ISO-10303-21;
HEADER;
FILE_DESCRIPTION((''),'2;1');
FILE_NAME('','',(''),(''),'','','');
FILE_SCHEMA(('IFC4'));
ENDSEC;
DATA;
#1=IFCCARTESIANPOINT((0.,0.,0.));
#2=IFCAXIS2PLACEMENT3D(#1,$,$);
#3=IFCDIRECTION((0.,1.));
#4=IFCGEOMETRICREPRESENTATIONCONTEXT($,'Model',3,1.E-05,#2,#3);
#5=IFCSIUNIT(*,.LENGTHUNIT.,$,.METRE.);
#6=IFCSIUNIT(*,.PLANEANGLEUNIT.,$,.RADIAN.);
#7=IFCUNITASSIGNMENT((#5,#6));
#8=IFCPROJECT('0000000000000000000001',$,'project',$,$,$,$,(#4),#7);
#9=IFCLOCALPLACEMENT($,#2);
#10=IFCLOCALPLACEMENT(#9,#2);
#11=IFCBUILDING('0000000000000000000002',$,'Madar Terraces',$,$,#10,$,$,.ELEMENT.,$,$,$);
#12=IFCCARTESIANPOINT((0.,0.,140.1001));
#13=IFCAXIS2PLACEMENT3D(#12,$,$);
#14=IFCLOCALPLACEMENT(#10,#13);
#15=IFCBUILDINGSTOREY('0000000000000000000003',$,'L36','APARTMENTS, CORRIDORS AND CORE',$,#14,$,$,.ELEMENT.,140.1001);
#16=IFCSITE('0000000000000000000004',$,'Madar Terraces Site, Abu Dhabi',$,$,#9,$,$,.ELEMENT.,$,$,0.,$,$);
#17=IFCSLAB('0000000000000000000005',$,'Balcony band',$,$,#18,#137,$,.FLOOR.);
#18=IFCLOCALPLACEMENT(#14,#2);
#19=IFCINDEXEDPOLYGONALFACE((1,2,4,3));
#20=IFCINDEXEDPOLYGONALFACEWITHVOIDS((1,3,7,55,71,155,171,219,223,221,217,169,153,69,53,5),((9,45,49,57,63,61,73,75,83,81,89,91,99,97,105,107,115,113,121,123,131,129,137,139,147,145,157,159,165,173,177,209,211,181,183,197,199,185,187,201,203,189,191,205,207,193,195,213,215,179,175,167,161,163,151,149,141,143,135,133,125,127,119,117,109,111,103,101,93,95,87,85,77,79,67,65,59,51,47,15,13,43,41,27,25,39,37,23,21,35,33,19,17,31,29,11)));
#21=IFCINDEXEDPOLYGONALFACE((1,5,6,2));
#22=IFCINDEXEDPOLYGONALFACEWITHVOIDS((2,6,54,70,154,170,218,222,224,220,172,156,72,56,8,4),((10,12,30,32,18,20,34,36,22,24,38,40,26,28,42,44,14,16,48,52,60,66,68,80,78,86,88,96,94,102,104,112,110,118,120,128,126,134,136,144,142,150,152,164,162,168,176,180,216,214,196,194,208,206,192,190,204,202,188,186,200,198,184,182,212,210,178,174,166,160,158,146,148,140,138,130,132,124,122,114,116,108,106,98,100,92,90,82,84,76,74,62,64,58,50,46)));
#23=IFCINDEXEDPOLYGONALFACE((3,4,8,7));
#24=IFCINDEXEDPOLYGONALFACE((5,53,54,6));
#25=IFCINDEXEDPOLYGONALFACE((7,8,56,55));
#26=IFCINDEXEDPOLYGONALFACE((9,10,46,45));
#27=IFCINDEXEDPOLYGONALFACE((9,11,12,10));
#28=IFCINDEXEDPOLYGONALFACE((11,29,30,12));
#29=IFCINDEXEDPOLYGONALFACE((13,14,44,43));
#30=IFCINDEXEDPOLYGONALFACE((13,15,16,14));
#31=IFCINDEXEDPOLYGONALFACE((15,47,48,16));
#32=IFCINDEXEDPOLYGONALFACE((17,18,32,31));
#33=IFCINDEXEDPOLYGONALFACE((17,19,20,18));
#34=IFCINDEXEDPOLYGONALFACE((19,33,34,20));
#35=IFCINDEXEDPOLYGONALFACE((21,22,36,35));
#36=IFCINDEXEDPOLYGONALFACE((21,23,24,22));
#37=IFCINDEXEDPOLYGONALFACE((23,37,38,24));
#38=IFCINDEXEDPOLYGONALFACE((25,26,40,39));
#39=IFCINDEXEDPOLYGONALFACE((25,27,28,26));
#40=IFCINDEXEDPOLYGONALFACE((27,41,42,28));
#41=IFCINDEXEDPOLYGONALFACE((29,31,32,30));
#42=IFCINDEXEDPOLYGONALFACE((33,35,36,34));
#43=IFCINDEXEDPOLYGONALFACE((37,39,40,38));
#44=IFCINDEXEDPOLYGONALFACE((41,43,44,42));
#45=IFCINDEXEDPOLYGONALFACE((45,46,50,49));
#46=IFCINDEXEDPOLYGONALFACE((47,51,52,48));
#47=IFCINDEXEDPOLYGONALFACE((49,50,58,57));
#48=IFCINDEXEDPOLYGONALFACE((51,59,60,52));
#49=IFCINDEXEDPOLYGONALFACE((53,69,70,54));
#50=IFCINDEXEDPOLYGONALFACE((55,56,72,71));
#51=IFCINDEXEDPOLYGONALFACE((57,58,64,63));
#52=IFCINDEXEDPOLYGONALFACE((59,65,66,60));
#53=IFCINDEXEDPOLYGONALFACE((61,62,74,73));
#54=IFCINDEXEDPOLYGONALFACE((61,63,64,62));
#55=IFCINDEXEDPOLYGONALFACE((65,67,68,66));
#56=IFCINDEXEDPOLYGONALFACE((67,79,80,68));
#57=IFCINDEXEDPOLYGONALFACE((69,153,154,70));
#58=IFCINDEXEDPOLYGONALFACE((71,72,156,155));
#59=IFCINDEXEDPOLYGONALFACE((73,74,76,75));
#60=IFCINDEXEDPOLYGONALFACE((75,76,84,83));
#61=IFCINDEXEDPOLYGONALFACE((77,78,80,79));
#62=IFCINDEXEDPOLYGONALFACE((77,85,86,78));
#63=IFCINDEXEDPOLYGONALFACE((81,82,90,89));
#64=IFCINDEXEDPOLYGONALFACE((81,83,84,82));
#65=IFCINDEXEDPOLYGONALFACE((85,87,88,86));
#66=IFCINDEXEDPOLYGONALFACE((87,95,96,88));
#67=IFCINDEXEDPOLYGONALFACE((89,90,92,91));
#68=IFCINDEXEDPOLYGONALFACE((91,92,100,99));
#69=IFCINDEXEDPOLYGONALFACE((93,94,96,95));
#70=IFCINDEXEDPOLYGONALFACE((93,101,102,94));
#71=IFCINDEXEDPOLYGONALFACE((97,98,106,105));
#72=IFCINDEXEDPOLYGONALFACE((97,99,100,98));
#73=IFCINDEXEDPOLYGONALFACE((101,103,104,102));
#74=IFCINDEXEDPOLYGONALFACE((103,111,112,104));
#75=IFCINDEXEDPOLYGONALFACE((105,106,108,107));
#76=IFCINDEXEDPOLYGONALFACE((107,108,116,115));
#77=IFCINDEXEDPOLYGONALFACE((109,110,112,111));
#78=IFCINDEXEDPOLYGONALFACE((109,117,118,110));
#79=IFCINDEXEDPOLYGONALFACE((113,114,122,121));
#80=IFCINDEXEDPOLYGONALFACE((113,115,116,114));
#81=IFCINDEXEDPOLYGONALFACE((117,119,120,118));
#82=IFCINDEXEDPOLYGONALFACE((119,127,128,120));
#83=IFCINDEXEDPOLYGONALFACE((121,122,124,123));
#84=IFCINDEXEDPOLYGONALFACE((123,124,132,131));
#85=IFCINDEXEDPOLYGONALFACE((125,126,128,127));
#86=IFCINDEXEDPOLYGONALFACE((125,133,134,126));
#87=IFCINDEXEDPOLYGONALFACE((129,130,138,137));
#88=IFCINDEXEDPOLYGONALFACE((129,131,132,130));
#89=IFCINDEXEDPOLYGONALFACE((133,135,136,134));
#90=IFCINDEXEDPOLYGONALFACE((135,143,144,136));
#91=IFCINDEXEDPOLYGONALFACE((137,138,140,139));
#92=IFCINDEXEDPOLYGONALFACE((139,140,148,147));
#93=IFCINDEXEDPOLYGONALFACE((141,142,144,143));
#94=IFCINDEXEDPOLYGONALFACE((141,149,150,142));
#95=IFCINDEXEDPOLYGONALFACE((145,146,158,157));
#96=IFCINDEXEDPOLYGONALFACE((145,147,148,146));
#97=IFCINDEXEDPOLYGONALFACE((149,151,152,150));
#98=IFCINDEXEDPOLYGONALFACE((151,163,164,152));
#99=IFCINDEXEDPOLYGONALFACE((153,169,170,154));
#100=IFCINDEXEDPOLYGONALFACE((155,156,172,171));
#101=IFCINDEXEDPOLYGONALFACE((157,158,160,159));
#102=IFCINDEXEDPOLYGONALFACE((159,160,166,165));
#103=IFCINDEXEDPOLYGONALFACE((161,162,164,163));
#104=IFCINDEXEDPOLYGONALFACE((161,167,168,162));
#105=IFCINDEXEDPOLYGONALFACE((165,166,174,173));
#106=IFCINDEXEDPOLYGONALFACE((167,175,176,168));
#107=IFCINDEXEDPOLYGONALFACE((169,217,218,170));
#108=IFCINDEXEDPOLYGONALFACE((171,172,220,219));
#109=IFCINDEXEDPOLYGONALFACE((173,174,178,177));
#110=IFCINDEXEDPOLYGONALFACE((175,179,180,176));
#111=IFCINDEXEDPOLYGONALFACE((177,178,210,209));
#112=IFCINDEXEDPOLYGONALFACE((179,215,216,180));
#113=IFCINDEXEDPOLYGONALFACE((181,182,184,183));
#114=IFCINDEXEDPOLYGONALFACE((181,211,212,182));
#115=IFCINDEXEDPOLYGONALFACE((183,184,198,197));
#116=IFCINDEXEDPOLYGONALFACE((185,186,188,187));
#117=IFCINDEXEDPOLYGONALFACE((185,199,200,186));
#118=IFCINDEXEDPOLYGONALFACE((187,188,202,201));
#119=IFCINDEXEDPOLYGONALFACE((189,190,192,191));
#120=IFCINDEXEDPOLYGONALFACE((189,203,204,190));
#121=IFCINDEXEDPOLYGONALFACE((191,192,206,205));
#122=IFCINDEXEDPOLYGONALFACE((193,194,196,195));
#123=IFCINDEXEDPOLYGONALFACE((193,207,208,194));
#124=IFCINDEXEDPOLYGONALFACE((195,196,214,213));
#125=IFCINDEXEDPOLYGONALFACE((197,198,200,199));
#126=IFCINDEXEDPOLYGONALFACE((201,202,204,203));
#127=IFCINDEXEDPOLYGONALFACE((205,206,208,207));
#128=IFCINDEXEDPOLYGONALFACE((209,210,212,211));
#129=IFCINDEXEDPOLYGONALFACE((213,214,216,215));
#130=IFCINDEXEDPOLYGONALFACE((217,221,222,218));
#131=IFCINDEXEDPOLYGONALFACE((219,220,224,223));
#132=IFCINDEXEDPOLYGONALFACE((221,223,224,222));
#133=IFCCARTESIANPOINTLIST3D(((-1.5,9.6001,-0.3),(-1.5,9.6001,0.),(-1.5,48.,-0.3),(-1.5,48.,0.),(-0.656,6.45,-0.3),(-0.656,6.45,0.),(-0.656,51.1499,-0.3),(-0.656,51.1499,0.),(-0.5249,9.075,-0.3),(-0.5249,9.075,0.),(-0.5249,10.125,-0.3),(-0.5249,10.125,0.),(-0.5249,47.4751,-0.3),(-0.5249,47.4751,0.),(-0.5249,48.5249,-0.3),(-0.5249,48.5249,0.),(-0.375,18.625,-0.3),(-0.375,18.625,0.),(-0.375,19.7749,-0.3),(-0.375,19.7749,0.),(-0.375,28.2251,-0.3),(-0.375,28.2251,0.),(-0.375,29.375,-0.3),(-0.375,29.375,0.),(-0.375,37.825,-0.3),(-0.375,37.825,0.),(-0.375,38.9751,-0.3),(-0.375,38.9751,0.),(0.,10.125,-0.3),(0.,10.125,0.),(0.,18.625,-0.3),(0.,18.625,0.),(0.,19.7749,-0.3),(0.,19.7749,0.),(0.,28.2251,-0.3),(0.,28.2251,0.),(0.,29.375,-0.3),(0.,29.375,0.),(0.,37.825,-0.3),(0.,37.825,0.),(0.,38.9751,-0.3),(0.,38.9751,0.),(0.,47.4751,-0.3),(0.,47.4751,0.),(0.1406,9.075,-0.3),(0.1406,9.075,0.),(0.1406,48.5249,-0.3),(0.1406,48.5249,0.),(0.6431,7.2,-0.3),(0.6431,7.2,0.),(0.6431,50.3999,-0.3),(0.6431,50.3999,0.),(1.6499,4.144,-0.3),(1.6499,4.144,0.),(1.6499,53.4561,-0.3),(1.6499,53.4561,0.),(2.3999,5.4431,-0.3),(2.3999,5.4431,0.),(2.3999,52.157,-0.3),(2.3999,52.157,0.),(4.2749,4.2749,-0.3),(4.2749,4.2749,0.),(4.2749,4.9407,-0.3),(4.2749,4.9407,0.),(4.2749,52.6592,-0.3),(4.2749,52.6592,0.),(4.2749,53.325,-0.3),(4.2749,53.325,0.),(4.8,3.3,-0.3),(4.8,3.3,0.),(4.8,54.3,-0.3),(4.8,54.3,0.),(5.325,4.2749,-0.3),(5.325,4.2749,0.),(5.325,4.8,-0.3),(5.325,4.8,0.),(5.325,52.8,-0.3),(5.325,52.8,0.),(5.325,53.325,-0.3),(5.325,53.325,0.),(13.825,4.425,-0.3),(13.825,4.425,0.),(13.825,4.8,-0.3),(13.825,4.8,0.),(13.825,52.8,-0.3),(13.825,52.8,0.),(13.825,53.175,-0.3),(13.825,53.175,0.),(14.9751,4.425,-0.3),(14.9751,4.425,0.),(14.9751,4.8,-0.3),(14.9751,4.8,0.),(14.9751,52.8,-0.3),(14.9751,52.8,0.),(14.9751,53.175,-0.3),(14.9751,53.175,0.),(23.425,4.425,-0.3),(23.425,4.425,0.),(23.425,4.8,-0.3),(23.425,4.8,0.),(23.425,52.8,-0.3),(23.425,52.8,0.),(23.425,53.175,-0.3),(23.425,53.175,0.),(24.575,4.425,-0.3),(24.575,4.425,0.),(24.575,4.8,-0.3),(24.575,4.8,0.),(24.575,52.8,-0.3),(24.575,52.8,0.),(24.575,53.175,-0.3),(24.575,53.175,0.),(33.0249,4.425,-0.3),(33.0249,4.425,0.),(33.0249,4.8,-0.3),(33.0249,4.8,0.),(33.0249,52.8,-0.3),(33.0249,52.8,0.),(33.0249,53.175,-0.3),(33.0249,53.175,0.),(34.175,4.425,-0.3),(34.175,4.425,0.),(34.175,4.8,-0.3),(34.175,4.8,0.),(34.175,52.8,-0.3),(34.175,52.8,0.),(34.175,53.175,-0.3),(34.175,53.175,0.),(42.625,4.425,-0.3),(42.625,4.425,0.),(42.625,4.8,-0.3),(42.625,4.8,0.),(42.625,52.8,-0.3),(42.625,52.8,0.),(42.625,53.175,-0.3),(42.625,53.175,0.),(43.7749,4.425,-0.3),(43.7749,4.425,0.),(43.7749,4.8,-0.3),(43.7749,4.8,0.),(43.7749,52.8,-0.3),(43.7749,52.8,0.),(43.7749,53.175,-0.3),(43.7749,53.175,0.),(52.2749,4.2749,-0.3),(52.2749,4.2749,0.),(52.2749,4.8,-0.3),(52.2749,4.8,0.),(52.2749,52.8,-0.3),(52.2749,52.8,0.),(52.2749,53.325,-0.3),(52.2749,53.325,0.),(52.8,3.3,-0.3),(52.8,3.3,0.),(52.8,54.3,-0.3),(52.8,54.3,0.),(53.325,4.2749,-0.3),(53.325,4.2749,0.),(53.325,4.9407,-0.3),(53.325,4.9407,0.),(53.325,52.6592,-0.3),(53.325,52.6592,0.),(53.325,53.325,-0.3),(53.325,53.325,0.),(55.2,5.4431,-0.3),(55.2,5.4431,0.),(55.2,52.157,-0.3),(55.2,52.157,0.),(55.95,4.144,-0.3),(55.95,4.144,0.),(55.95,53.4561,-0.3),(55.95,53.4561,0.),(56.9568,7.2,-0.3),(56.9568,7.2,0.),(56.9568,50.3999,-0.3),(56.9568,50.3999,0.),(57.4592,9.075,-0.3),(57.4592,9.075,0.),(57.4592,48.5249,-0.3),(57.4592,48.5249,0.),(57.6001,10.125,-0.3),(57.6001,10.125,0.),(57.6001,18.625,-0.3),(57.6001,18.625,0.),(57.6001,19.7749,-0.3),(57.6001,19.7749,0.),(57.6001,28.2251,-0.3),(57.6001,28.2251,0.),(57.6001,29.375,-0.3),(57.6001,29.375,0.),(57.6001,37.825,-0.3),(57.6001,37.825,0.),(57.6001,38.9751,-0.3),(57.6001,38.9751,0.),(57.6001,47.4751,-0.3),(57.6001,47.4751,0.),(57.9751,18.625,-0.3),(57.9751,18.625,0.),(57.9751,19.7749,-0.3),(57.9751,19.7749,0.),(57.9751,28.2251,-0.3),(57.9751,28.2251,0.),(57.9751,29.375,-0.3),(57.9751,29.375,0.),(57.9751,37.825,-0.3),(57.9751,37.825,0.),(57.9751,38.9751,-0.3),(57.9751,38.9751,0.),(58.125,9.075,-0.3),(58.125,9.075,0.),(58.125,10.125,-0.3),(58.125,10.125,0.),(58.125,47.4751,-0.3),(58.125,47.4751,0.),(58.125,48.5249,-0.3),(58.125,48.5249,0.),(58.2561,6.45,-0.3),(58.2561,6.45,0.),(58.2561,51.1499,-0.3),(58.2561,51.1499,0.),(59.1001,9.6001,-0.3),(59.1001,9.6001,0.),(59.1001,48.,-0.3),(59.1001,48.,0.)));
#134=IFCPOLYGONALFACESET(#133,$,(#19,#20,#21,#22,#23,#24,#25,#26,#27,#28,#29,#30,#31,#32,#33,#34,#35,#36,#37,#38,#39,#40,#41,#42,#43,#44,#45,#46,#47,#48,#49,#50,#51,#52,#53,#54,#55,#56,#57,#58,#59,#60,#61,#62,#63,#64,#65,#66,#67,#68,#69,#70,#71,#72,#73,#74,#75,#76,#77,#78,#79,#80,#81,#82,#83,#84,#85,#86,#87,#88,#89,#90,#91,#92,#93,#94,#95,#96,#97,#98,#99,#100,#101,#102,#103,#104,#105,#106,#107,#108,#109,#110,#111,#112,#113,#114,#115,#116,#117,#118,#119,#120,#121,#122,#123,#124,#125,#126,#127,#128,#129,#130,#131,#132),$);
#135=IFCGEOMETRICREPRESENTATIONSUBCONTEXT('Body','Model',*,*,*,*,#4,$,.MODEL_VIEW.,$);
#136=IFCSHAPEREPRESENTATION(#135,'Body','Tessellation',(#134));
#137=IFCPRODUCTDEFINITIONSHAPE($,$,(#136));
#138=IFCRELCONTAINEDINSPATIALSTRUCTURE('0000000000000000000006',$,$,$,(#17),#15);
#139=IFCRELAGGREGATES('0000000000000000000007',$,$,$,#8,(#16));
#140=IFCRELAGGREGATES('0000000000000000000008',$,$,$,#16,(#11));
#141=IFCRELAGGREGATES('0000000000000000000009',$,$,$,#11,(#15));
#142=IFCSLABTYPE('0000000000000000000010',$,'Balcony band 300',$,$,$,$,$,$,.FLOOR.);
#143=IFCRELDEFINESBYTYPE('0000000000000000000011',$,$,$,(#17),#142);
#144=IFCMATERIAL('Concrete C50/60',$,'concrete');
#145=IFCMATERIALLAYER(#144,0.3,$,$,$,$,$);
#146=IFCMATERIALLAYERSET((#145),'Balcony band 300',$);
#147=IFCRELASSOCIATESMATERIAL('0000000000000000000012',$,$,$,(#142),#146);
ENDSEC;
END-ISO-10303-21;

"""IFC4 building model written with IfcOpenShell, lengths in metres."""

from ifc_helpers import new_model, si_unit, direction, frame, origin, place, context, subcontext, project, spatial, polyline, outline, extrude, material, layer, layer_set, type_object, element, save


model = new_model("IFC4")

# Units and contexts
model_context = context("Model", 3, precision=1e-05, world=origin(), true_north=direction((0.0, 1.0)))
body_context = subcontext(model_context, "Body", "Model", "MODEL_VIEW")
ifc_project = project(units=[si_unit("LENGTHUNIT", "METRE"), si_unit("PLANEANGLEUNIT", "RADIAN")], contexts=[model_context])

# Site, building, storey
site_placement = place(None, origin())
site = spatial("IfcSite", under=ifc_project, at=site_placement, Name="Madar Terraces Site, Abu Dhabi", CompositionType="ELEMENT", RefElevation=0.0)
building_placement = place(site_placement, origin())
building = spatial("IfcBuilding", under=site, at=building_placement, Name="Madar Terraces", CompositionType="ELEMENT")
storey_placement = place(building_placement, frame((0.0, 0.0, 140.1001)))
storey = spatial("IfcBuildingStorey", under=building, at=storey_placement, Name="L36", Description="APARTMENTS, CORRIDORS AND CORE", CompositionType="ELEMENT", Elevation=140.1001)

# Slab
ifc_material_1 = material(Name="Concrete C50/60", Category="concrete")
ifc_layer_1 = layer(ifc_material_1, 0.3)
ifc_layer_set_1 = layer_set([ifc_layer_1], Name="Balcony band 300")
slab_type_1 = type_object("IfcSlabType", Name="Balcony band 300", PredefinedType="FLOOR", material=ifc_layer_set_1)
slab_1_placement = place(storey_placement, frame((0.0, 0.0, -0.3)))
element("IfcSlab", 1, at=slab_1_placement, inside=storey, type_object=slab_type_1, Name="Balcony band", PredefinedType="FLOOR", context=body_context, shape_type="SweptSolid", body=[
    extrude(outline(polyline([(4.8, 3.3), (1.6499, 4.144), (-0.656, 6.45), (-1.5, 9.6001), (-1.5, 48.0), (-0.656, 51.1499), (1.6499, 53.4561), (4.8, 54.3), (52.8, 54.3), (55.95, 53.4561), (58.2561, 51.1499), (59.1001, 48.0), (59.1001, 9.6001), (58.2561, 6.45), (55.95, 4.144), (52.8, 3.3), (4.8, 3.3)]), holes=[polyline([(5.325, 4.2749), (5.325, 4.8), (13.825, 4.8), (13.825, 4.425), (14.9751, 4.425), (14.9751, 4.8), (23.425, 4.8), (23.425, 4.425), (24.575, 4.425), (24.575, 4.8), (33.0249, 4.8), (33.0249, 4.425), (34.175, 4.425), (34.175, 4.8), (42.625, 4.8), (42.625, 4.425), (43.7749, 4.425), (43.7749, 4.8), (52.2749, 4.8), (52.2749, 4.2749), (53.325, 4.2749), (53.325, 4.9407), (55.2, 5.4431), (56.9568, 7.2), (57.4592, 9.075), (58.125, 9.075), (58.125, 10.125), (57.6001, 10.125), (57.6001, 18.625), (57.9751, 18.625), (57.9751, 19.7749), (57.6001, 19.7749), (57.6001, 28.2251), (57.9751, 28.2251), (57.9751, 29.375), (57.6001, 29.375), (57.6001, 37.825), (57.9751, 37.825), (57.9751, 38.9751), (57.6001, 38.9751), (57.6001, 47.4751), (58.125, 47.4751), (58.125, 48.5249), (57.4592, 48.5249), (56.9568, 50.3999), (55.2, 52.157), (53.325, 52.6592), (53.325, 53.325), (52.2749, 53.325), (52.2749, 52.8), (43.7749, 52.8), (43.7749, 53.175), (42.625, 53.175), (42.625, 52.8), (34.175, 52.8), (34.175, 53.175), (33.0249, 53.175), (33.0249, 52.8), (24.575, 52.8), (24.575, 53.175), (23.425, 53.175), (23.425, 52.8), (14.9751, 52.8), (14.9751, 53.175), (13.825, 53.175), (13.825, 52.8), (5.325, 52.8), (5.325, 53.325), (4.2749, 53.325), (4.2749, 52.6592), (2.3999, 52.157), (0.6431, 50.3999), (0.1406, 48.5249), (-0.5249, 48.5249), (-0.5249, 47.4751), (0.0, 47.4751), (0.0, 38.9751), (-0.375, 38.9751), (-0.375, 37.825), (0.0, 37.825), (0.0, 29.375), (-0.375, 29.375), (-0.375, 28.2251), (0.0, 28.2251), (0.0, 19.7749), (-0.375, 19.7749), (-0.375, 18.625), (0.0, 18.625), (0.0, 10.125), (-0.5249, 10.125), (-0.5249, 9.075), (0.1406, 9.075), (0.6431, 7.2), (2.3999, 5.4431), (4.2749, 4.9407), (4.2749, 4.2749), (5.325, 4.2749)])]), origin(), (0.0, 0.0, 1.0), 0.3),
])

save(model, "model.ifc")
